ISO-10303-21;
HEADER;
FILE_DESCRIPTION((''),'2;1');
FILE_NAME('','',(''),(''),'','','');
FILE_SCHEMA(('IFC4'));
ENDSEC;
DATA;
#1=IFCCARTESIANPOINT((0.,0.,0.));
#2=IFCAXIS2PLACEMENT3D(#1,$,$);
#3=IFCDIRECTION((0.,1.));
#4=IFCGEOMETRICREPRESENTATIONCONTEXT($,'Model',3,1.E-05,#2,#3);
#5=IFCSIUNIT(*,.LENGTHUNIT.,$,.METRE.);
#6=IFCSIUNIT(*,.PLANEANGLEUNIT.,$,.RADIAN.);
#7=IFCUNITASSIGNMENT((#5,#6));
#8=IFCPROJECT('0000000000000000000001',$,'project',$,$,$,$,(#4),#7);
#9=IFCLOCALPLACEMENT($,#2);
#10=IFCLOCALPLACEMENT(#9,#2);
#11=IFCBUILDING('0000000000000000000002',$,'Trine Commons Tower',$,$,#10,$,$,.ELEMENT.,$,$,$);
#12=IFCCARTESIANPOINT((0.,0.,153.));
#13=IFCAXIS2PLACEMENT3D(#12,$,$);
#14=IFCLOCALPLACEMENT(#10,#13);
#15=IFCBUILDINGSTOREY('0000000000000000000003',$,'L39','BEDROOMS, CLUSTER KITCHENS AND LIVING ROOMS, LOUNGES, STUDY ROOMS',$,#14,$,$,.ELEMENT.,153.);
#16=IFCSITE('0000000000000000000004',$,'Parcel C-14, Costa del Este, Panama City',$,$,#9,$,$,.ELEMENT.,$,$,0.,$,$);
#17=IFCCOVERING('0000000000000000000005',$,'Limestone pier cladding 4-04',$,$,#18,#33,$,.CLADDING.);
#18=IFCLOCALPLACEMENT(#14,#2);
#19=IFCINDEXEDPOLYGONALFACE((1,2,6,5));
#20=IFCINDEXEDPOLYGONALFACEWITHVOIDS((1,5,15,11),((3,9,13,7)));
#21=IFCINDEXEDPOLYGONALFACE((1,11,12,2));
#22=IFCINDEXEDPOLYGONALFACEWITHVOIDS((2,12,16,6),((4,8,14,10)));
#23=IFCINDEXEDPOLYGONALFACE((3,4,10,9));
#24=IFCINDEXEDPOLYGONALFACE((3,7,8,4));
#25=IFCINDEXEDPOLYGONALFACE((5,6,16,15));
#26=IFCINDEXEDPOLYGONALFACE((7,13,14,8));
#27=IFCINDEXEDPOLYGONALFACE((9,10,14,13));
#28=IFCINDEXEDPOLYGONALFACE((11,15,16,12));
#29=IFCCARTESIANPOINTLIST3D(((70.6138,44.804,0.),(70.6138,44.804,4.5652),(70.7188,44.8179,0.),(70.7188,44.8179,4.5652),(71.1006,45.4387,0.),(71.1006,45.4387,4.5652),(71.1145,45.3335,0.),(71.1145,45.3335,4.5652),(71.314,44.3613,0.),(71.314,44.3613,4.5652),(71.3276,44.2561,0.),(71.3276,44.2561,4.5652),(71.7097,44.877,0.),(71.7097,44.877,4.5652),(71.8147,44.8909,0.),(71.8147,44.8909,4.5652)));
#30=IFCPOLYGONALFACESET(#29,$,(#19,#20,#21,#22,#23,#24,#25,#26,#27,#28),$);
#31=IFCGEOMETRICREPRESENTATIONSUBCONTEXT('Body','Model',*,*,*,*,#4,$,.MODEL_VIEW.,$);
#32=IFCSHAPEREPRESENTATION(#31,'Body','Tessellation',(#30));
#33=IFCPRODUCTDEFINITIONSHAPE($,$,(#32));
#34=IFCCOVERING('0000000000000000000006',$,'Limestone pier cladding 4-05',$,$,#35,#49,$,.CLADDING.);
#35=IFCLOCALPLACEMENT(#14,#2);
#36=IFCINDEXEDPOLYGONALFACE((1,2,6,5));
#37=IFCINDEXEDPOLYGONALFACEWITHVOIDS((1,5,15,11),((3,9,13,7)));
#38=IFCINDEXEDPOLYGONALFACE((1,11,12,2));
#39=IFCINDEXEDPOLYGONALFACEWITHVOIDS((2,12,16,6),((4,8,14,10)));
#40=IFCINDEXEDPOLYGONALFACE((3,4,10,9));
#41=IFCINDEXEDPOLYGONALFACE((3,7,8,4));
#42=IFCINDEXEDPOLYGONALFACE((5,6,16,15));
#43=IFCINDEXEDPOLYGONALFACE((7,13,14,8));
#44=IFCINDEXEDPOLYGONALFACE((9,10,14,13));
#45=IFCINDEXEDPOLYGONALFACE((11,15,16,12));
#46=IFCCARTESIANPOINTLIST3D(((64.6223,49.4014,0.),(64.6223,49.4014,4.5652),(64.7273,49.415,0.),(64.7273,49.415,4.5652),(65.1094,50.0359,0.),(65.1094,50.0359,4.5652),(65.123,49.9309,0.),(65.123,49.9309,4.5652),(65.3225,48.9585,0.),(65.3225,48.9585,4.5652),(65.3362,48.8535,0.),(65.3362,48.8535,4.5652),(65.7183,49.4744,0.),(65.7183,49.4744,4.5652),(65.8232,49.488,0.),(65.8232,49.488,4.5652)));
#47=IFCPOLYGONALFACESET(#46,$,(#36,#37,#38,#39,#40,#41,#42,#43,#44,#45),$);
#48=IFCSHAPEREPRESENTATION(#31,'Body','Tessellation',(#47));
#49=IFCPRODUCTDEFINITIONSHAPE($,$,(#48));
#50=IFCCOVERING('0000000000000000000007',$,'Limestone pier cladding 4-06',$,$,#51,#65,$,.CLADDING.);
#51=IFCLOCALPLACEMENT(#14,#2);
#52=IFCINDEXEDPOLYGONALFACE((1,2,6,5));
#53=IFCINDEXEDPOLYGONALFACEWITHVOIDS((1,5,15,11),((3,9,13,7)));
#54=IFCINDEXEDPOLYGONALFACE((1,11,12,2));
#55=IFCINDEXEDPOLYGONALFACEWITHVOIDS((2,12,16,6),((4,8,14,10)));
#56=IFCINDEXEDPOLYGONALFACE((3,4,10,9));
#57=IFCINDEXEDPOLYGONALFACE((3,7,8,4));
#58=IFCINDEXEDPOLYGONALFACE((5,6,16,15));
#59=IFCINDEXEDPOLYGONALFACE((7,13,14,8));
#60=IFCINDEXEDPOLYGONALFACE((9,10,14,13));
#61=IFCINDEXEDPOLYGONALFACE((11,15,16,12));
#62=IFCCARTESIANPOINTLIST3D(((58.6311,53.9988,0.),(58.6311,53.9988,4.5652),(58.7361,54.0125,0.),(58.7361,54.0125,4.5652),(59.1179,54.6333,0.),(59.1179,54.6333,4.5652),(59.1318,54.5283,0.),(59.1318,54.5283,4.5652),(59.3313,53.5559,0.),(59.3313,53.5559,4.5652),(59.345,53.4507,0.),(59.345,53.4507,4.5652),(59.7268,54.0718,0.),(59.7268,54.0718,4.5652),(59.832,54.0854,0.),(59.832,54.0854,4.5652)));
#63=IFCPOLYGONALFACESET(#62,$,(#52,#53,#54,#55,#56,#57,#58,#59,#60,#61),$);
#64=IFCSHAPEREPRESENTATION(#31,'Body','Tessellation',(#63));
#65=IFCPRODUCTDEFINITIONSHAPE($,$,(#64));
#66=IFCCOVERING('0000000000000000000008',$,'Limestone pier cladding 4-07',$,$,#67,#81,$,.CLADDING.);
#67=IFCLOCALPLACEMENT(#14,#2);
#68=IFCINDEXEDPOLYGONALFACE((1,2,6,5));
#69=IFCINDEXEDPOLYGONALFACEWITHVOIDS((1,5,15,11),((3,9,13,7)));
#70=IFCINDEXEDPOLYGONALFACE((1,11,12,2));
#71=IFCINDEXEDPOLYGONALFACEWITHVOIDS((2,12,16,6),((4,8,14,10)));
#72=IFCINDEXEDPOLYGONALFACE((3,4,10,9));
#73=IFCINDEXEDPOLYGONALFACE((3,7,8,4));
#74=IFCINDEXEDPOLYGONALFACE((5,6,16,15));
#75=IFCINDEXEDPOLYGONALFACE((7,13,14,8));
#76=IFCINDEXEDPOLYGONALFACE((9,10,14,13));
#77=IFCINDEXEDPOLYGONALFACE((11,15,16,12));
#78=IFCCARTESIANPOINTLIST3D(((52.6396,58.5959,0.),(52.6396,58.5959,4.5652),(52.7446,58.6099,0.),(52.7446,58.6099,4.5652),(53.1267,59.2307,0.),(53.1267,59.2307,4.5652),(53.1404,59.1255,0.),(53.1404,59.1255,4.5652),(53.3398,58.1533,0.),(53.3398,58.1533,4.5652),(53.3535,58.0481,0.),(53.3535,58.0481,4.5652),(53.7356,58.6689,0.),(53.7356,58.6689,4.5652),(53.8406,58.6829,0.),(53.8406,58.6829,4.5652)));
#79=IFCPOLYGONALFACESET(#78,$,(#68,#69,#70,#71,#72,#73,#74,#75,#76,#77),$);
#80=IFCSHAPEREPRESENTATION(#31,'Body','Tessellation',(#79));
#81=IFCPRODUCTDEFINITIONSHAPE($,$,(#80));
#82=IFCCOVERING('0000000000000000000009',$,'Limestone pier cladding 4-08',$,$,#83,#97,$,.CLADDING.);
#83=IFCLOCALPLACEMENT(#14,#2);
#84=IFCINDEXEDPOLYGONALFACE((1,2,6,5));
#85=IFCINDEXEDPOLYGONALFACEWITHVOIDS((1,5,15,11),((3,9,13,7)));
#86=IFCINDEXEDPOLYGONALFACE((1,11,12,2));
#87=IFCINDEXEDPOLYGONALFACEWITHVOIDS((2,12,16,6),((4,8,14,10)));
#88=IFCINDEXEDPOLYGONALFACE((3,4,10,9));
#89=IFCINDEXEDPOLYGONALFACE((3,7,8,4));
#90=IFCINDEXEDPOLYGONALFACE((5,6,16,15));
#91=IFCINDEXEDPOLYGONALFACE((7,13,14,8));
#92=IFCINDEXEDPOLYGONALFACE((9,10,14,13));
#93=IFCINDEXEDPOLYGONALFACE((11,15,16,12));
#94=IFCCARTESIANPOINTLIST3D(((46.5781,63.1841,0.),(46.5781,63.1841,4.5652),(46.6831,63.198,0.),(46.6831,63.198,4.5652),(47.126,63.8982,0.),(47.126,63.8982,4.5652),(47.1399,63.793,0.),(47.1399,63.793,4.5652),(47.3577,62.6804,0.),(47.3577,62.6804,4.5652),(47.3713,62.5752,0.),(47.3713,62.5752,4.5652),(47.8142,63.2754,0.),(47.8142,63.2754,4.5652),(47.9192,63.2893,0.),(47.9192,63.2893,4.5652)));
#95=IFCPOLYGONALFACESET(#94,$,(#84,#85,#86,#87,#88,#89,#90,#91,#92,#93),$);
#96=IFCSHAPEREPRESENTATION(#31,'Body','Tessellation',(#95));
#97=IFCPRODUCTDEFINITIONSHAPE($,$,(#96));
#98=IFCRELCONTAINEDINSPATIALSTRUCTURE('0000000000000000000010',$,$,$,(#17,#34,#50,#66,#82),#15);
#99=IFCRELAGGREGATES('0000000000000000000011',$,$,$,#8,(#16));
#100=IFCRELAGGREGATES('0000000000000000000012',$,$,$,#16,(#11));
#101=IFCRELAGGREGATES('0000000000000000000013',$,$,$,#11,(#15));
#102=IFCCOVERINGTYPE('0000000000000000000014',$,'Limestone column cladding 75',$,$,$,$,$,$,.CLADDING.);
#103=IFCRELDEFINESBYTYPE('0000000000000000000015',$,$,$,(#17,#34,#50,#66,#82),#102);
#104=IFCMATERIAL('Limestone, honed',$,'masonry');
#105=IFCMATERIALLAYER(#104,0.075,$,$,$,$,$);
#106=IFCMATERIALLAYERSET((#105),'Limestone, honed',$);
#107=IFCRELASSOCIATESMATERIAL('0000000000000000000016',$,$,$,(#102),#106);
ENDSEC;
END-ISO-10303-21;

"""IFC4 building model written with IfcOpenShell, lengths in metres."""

from ifc_helpers import new_model, si_unit, direction, frame, origin, place, context, subcontext, project, spatial, polyline, outline, extrude, material, layer, layer_set, type_object, element, save


model = new_model("IFC4")

# Units and contexts
model_context = context("Model", 3, precision=1e-05, world=origin(), true_north=direction((0.0, 1.0)))
body_context = subcontext(model_context, "Body", "Model", "MODEL_VIEW")
ifc_project = project(units=[si_unit("LENGTHUNIT", "METRE"), si_unit("PLANEANGLEUNIT", "RADIAN")], contexts=[model_context])

# Site, building, storey
site_placement = place(None, origin())
site = spatial("IfcSite", under=ifc_project, at=site_placement, Name="Parcel C-14, Costa del Este, Panama City", CompositionType="ELEMENT", RefElevation=0.0)
building_placement = place(site_placement, origin())
building = spatial("IfcBuilding", under=site, at=building_placement, Name="Trine Commons Tower", CompositionType="ELEMENT")
storey_placement = place(building_placement, frame((0.0, 0.0, 153.0)))
storey = spatial("IfcBuildingStorey", under=building, at=storey_placement, Name="L39", Description="BEDROOMS, CLUSTER KITCHENS AND LIVING ROOMS, LOUNGES, STUDY ROOMS", CompositionType="ELEMENT", Elevation=153.0)

# Coverings
ifc_material_1 = material(Name="Limestone, honed", Category="masonry")
ifc_layer_1 = layer(ifc_material_1, 0.075)
ifc_layer_set_1 = layer_set([ifc_layer_1], Name="Limestone, honed")
covering_type_1 = type_object("IfcCoveringType", Name="Limestone column cladding 75", PredefinedType="CLADDING", material=ifc_layer_set_1)
covering_1_placement = place(storey_placement, origin())
element("IfcCovering", 1, at=covering_1_placement, inside=storey, type_object=covering_type_1, Name="Limestone pier cladding 4-04", PredefinedType="CLADDING", context=body_context, shape_type="SweptSolid", body=[
    extrude(outline(polyline([(71.1006, 45.4387), (70.6138, 44.804), (71.3276, 44.2561), (71.8147, 44.8909), (71.1006, 45.4387)]), holes=[polyline([(71.1145, 45.3335), (70.7188, 44.8179), (71.314, 44.3613), (71.7097, 44.877), (71.1145, 45.3335)])]), origin(), (0.0, 0.0, 1.0), 4.5652),
])
covering_2_placement = place(storey_placement, origin())
element("IfcCovering", 2, at=covering_2_placement, inside=storey, type_object=covering_type_1, Name="Limestone pier cladding 4-05", PredefinedType="CLADDING", context=body_context, shape_type="SweptSolid", body=[
    extrude(outline(polyline([(65.1094, 50.0359), (64.6223, 49.4014), (65.3362, 48.8535), (65.8232, 49.488), (65.1094, 50.0359)]), holes=[polyline([(65.123, 49.9309), (64.7273, 49.415), (65.3225, 48.9585), (65.7183, 49.4744), (65.123, 49.9309)])]), origin(), (0.0, 0.0, 1.0), 4.5652),
])
covering_3_placement = place(storey_placement, origin())
element("IfcCovering", 3, at=covering_3_placement, inside=storey, type_object=covering_type_1, Name="Limestone pier cladding 4-06", PredefinedType="CLADDING", context=body_context, shape_type="SweptSolid", body=[
    extrude(outline(polyline([(59.1179, 54.6333), (58.6311, 53.9988), (59.345, 53.4507), (59.832, 54.0854), (59.1179, 54.6333)]), holes=[polyline([(59.1318, 54.5283), (58.7361, 54.0125), (59.3313, 53.5559), (59.7268, 54.0718), (59.1318, 54.5283)])]), origin(), (0.0, 0.0, 1.0), 4.5652),
])
covering_4_placement = place(storey_placement, origin())
element("IfcCovering", 4, at=covering_4_placement, inside=storey, type_object=covering_type_1, Name="Limestone pier cladding 4-07", PredefinedType="CLADDING", context=body_context, shape_type="SweptSolid", body=[
    extrude(outline(polyline([(53.1267, 59.2307), (52.6396, 58.5959), (53.3535, 58.0481), (53.8406, 58.6829), (53.1267, 59.2307)]), holes=[polyline([(53.1404, 59.1255), (52.7446, 58.6099), (53.3398, 58.1533), (53.7356, 58.6689), (53.1404, 59.1255)])]), origin(), (0.0, 0.0, 1.0), 4.5652),
])
covering_5_placement = place(storey_placement, origin())
element("IfcCovering", 5, at=covering_5_placement, inside=storey, type_object=covering_type_1, Name="Limestone pier cladding 4-08", PredefinedType="CLADDING", context=body_context, shape_type="SweptSolid", body=[
    extrude(outline(polyline([(47.126, 63.8982), (46.5781, 63.1841), (47.3713, 62.5752), (47.9192, 63.2893), (47.126, 63.8982)]), holes=[polyline([(47.1399, 63.793), (46.6831, 63.198), (47.3577, 62.6804), (47.8142, 63.2754), (47.1399, 63.793)])]), origin(), (0.0, 0.0, 1.0), 4.5652),
])

save(model, "model.ifc")
